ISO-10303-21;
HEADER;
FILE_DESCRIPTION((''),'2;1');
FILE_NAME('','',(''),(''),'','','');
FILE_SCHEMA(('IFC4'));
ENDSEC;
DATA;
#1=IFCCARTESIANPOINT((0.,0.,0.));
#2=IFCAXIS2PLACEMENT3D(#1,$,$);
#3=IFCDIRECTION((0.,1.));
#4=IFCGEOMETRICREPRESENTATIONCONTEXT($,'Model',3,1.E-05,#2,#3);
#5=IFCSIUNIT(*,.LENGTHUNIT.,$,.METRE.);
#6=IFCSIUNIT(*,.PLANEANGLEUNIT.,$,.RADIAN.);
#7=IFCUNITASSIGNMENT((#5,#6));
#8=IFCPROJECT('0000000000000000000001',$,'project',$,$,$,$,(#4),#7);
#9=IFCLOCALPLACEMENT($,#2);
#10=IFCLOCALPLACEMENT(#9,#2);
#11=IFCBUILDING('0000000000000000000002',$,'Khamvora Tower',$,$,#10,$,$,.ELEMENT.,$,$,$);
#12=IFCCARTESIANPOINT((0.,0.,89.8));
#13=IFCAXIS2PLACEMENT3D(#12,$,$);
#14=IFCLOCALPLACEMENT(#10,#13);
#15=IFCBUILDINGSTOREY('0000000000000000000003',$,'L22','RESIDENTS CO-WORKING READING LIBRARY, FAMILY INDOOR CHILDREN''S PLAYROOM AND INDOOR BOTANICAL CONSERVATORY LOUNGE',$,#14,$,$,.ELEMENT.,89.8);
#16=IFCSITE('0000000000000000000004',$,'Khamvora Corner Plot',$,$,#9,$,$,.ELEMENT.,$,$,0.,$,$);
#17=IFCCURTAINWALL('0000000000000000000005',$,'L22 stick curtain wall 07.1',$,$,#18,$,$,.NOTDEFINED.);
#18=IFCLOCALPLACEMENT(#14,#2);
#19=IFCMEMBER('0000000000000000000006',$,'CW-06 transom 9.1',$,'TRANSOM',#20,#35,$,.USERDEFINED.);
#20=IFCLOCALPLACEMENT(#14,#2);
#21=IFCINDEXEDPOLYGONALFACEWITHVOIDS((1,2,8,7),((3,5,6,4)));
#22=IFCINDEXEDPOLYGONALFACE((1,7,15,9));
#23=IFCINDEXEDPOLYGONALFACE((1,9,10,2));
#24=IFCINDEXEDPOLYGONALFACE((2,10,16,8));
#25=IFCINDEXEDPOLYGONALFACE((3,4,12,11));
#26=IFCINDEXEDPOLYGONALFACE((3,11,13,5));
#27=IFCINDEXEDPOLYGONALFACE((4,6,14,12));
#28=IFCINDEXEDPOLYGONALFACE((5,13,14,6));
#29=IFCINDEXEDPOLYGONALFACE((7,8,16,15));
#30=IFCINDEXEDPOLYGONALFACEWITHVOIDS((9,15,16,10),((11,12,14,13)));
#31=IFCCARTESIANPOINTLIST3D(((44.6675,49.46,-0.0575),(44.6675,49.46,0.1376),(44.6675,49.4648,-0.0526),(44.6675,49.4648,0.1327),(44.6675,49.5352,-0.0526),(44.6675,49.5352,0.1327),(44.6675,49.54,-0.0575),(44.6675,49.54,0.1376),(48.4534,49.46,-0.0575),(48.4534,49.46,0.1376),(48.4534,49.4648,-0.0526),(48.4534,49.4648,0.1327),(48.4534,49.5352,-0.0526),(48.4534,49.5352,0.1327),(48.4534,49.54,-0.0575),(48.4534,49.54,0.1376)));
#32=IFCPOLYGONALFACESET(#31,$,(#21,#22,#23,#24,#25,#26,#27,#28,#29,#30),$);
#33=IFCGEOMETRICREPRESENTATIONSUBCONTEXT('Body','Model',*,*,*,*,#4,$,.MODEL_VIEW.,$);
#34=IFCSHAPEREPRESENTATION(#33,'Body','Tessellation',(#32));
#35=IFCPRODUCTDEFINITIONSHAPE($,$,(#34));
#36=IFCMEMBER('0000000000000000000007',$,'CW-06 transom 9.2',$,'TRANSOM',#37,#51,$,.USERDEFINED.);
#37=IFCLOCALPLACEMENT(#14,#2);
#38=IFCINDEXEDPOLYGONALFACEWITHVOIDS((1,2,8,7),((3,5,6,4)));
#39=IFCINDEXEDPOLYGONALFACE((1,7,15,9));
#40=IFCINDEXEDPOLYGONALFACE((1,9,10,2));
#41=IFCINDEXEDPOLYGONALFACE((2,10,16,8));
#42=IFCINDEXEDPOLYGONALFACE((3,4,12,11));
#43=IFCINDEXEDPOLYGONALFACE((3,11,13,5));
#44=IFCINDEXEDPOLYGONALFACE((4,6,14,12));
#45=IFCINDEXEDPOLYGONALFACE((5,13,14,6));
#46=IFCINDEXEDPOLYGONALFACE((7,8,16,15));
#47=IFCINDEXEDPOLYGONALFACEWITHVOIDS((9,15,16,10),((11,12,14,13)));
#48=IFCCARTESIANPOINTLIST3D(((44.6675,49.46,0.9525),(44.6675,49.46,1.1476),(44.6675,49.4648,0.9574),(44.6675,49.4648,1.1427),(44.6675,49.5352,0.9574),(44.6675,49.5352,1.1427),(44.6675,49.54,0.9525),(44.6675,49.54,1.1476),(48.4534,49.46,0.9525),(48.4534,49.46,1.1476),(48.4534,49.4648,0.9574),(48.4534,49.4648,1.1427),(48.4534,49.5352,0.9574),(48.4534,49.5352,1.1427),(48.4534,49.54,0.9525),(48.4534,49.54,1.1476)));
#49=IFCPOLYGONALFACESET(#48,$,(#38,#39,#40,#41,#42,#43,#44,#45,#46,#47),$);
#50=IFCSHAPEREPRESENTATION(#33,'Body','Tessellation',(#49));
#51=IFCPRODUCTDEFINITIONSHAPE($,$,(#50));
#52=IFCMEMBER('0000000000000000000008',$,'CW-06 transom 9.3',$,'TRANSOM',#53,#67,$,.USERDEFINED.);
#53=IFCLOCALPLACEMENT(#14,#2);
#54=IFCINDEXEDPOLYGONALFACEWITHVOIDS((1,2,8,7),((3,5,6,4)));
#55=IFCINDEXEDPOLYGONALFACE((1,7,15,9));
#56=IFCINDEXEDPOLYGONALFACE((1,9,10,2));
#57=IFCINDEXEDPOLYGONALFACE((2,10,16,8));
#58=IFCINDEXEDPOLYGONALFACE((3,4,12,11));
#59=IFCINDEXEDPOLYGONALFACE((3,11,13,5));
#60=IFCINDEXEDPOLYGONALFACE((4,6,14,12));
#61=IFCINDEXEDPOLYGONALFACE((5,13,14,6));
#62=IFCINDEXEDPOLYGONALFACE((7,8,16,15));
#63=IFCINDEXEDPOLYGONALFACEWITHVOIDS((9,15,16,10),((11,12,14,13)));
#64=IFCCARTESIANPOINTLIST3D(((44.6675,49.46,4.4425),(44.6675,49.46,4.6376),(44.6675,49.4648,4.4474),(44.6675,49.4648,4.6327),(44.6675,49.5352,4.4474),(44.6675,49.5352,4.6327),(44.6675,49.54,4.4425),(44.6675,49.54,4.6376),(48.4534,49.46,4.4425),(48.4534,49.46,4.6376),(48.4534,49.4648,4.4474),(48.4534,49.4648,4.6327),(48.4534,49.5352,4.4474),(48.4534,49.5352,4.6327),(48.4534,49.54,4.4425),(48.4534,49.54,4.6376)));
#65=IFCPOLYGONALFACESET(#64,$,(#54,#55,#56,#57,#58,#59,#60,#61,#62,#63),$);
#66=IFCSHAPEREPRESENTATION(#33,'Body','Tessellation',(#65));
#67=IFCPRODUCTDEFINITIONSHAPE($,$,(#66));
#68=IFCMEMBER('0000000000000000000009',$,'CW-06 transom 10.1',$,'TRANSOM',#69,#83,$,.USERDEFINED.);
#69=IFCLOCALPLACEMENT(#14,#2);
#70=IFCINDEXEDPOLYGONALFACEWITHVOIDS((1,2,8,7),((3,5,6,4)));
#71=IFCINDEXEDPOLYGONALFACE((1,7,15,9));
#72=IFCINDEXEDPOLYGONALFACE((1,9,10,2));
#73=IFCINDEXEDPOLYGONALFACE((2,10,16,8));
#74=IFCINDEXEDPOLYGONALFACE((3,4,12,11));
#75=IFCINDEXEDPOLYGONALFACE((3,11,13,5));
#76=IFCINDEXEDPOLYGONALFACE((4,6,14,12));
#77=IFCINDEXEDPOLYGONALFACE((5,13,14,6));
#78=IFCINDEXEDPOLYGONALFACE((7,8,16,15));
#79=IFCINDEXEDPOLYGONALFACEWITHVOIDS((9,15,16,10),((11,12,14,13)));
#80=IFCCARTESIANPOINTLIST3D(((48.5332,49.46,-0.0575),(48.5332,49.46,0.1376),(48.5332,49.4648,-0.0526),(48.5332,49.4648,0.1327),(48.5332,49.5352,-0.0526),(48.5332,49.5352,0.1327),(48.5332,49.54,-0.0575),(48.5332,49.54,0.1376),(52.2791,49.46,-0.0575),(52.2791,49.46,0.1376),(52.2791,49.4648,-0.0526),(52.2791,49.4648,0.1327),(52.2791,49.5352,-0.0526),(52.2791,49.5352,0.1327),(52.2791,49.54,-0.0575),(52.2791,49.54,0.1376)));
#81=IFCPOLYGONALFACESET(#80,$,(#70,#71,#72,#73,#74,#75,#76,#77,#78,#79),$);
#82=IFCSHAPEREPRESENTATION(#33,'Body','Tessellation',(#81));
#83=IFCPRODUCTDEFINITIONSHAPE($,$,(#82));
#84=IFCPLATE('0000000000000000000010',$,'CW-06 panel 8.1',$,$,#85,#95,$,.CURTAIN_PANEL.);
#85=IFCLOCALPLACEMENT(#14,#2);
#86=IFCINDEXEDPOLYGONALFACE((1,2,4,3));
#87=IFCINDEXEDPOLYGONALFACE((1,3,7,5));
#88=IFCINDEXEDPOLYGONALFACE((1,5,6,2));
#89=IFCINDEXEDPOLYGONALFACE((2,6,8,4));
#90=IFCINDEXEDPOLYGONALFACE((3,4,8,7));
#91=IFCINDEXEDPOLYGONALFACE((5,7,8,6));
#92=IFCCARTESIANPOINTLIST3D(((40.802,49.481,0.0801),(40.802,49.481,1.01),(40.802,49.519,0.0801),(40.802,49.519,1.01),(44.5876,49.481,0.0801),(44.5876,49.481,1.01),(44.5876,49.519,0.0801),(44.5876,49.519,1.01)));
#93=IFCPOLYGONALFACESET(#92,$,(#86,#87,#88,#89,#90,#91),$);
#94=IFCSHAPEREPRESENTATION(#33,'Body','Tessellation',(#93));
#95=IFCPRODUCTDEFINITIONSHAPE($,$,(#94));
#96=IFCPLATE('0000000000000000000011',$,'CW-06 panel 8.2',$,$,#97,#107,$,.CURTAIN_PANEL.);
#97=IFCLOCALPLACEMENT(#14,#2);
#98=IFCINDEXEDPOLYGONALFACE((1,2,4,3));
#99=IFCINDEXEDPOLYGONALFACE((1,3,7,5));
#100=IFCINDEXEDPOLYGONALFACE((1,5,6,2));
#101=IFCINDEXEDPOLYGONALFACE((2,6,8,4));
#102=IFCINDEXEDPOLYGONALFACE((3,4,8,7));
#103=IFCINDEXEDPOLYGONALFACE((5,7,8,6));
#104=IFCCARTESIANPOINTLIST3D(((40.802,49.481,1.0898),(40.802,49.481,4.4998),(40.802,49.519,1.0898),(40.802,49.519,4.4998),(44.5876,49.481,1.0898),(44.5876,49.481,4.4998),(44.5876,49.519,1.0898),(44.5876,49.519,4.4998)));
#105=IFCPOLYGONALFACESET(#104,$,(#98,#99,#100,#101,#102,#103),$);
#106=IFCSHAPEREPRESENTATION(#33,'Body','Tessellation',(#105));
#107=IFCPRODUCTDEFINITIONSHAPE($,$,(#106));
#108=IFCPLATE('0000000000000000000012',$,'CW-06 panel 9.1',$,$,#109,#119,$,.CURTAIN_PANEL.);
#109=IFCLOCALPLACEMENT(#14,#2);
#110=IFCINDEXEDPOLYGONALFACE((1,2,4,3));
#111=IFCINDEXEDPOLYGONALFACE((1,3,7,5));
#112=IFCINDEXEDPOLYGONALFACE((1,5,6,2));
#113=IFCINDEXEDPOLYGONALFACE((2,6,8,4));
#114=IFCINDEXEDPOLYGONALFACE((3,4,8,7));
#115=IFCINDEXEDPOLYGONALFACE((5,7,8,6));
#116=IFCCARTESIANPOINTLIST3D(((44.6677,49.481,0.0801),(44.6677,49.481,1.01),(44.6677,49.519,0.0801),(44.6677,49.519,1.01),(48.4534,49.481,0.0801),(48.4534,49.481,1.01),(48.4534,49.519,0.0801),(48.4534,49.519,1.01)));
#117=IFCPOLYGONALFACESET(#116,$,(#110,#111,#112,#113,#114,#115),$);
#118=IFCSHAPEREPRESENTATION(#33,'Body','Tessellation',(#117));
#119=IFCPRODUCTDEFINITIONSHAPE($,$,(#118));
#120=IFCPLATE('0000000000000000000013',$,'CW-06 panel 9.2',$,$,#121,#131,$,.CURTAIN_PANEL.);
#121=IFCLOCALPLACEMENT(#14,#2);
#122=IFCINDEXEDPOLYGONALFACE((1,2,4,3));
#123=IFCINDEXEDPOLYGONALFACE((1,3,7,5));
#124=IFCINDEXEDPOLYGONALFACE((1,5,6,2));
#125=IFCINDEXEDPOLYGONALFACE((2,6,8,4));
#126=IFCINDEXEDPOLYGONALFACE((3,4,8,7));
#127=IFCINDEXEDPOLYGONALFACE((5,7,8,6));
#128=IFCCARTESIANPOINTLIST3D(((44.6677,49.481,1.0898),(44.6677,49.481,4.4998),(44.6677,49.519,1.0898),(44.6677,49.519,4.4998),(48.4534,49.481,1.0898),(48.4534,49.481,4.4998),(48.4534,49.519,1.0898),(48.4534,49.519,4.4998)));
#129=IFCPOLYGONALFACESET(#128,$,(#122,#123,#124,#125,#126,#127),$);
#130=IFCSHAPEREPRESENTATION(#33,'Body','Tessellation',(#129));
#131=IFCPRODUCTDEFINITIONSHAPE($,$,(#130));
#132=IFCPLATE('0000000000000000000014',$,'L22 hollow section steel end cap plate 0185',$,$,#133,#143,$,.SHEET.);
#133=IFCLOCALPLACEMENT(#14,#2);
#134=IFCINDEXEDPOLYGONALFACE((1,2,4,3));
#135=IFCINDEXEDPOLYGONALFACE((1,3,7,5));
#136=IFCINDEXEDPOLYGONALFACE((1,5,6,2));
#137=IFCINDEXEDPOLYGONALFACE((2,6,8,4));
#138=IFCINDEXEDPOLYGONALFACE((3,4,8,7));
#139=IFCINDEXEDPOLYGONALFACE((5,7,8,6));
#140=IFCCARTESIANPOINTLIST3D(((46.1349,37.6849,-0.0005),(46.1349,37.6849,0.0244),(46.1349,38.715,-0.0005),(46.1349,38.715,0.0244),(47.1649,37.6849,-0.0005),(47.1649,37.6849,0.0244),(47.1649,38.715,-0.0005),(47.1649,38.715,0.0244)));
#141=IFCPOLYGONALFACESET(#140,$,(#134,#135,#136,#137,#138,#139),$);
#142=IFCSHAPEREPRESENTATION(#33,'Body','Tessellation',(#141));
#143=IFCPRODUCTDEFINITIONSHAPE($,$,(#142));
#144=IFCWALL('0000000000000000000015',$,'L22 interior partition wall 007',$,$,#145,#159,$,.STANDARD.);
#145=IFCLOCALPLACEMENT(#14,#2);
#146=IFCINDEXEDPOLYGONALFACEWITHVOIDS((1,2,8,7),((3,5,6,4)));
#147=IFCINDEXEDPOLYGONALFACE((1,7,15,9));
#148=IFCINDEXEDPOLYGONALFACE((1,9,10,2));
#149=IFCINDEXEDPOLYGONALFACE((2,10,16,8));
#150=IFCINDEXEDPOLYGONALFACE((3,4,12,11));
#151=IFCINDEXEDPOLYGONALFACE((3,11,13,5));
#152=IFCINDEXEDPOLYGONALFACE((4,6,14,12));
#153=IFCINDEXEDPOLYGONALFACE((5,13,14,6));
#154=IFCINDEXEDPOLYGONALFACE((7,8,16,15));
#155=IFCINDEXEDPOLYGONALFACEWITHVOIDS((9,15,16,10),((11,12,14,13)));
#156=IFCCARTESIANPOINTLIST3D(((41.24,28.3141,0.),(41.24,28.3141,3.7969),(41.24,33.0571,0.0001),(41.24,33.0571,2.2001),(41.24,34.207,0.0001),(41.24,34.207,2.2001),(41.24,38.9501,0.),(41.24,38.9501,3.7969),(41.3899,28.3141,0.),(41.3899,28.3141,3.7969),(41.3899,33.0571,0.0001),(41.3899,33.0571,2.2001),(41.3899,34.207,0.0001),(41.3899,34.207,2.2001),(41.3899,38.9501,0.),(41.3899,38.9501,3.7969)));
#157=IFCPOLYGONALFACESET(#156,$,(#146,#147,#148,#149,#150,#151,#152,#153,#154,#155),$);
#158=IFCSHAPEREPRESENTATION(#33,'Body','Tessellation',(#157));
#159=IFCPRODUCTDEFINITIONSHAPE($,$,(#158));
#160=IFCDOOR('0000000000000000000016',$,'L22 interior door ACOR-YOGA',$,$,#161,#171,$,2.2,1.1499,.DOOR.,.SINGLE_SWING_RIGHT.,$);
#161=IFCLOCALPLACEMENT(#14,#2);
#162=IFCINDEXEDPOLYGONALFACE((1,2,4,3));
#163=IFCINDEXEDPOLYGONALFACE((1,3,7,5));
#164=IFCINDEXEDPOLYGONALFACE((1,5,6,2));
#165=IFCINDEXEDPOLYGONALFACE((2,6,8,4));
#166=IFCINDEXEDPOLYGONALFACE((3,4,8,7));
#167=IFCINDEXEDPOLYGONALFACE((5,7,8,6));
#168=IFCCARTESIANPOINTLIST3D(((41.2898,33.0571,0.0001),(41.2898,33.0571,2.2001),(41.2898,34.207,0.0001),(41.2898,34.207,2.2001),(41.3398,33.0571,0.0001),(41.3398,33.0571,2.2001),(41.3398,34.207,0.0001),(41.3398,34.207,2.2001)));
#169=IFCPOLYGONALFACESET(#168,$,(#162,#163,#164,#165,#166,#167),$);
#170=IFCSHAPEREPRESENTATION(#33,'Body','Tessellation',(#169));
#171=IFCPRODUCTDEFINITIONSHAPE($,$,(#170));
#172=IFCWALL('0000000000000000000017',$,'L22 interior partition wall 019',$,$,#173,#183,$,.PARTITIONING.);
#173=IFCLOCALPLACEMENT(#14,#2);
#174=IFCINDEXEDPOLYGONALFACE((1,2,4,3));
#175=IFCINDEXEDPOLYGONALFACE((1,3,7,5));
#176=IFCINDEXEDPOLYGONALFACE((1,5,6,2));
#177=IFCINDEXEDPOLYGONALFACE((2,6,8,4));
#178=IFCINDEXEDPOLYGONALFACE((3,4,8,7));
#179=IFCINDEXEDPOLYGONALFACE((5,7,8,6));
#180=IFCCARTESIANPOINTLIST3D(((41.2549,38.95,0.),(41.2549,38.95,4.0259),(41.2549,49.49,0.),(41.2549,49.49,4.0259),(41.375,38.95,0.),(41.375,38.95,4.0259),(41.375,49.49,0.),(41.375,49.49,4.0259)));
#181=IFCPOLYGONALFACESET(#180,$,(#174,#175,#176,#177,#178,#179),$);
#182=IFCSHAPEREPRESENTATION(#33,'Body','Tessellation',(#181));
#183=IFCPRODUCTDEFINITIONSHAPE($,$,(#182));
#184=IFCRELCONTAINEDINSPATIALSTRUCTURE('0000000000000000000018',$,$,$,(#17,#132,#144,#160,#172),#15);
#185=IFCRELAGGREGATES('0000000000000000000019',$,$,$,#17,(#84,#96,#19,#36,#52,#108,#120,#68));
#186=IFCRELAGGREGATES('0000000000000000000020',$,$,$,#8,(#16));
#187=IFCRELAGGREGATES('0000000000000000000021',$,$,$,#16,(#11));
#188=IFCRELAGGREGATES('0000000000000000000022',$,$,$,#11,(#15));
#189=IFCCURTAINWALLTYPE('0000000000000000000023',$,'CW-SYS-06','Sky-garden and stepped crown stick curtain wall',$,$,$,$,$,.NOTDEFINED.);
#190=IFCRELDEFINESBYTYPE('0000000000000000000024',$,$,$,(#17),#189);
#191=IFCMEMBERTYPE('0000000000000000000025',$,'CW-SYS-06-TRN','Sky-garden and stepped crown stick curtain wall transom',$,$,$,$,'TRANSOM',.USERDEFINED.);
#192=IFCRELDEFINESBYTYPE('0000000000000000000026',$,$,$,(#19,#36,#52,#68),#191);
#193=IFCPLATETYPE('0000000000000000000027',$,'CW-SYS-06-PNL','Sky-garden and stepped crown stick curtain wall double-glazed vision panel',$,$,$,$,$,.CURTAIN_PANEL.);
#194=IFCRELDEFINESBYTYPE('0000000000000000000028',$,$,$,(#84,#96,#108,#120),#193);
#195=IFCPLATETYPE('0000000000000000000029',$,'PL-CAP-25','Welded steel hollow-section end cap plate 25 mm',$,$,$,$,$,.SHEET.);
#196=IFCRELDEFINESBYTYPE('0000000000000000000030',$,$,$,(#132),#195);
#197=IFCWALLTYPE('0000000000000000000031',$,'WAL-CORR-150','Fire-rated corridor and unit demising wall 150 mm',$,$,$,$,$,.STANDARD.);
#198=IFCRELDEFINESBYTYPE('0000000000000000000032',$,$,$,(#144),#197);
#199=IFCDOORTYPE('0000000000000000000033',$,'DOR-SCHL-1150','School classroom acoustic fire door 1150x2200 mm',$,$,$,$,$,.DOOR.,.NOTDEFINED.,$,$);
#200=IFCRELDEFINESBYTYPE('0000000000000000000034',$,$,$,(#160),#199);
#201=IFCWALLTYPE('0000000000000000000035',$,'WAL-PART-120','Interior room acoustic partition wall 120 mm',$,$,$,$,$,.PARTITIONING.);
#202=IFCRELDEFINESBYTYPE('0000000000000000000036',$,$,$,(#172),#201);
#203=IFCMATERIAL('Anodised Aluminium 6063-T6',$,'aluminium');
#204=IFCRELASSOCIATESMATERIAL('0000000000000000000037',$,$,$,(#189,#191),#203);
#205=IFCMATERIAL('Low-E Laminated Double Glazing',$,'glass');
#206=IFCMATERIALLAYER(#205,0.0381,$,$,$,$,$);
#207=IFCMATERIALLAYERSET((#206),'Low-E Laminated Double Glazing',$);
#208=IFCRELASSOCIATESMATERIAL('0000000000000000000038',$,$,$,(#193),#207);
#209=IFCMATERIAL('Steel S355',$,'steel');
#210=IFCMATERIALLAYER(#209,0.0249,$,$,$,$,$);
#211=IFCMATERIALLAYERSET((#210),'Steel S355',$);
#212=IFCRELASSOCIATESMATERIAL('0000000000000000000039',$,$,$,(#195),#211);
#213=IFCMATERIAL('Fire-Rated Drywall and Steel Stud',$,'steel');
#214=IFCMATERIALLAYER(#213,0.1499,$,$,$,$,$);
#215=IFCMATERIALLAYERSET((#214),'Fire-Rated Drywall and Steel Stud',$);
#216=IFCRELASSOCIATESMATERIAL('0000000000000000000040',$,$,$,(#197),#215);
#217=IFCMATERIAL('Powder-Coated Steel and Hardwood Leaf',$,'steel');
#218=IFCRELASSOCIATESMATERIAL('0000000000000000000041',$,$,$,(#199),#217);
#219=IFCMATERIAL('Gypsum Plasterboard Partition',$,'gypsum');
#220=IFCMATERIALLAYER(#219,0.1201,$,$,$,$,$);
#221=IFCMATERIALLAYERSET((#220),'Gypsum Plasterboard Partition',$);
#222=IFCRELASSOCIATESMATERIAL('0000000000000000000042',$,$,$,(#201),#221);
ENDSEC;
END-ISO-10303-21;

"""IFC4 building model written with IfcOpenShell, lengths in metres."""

from ifc_helpers import new_model, si_unit, direction, frame, frame_2d, origin, origin_2d, place, context, subcontext, project, spatial, rectangle, hollow_rectangle, extrude, material, layer, layer_set, material_profile, profile_set, type_object, element, fill, aggregate, save


model = new_model("IFC4")

# Units and contexts
model_context = context("Model", 3, precision=1e-05, world=origin(), true_north=direction((0.0, 1.0)))
body_context = subcontext(model_context, "Body", "Model", "MODEL_VIEW")
ifc_project = project(units=[si_unit("LENGTHUNIT", "METRE"), si_unit("PLANEANGLEUNIT", "RADIAN")], contexts=[model_context])

# Site, building, storey
site_placement = place(None, origin())
site = spatial("IfcSite", under=ifc_project, at=site_placement, Name="Khamvora Corner Plot", CompositionType="ELEMENT", RefElevation=0.0)
building_placement = place(site_placement, origin())
building = spatial("IfcBuilding", under=site, at=building_placement, Name="Khamvora Tower", CompositionType="ELEMENT")
storey_placement = place(building_placement, frame((0.0, 0.0, 89.8)))
storey = spatial("IfcBuildingStorey", under=building, at=storey_placement, Name="L22", Description="RESIDENTS CO-WORKING READING LIBRARY, FAMILY INDOOR CHILDREN'S PLAYROOM AND INDOOR BOTANICAL CONSERVATORY LOUNGE", CompositionType="ELEMENT", Elevation=89.8)

# Shared definitions
ifc_material_1 = material(Name="Steel S355", Category="steel")

# Curtain wall, members, plates
ifc_material_2 = material(Name="Anodised Aluminium 6063-T6", Category="aluminium")
curtain_wall_type = type_object("IfcCurtainWallType", Name="CW-SYS-06", Description="Sky-garden and stepped crown stick curtain wall", PredefinedType="NOTDEFINED", material=ifc_material_2)
curtain_wall_placement = place(storey_placement, origin())
curtain_wall = element("IfcCurtainWall", 1, at=curtain_wall_placement, inside=storey, type_object=curtain_wall_type, Name="L22 stick curtain wall 07.1", PredefinedType="NOTDEFINED")
ifc_material_profile_1 = material_profile(ifc_material_2, hollow_rectangle(XDim=0.0801, YDim=0.1951, WallThickness=0.0049, at=origin_2d()), Name="TRN80x195x5")
ifc_profile_set_1 = profile_set([ifc_material_profile_1], Name="Anodised Aluminium 6063-T6")
member_type_1 = type_object("IfcMemberType", Name="CW-SYS-06-TRN", Description="Sky-garden and stepped crown stick curtain wall transom", ElementType="TRANSOM", PredefinedType="USERDEFINED", material=ifc_profile_set_1)
member_1_placement = place(storey_placement, frame((44.6675, 49.5, 0.04), z_axis=(1.0, 0.0, 0.0), x_axis=(0.0, 1.0, 0.0)))
member_1 = element("IfcMember", 2, at=member_1_placement, type_object=member_type_1, Name="CW-06 transom 9.1", ObjectType="TRANSOM", PredefinedType="USERDEFINED", context=body_context, shape_type="SweptSolid", body=[
    extrude(hollow_rectangle(XDim=0.0801, YDim=0.1951, WallThickness=0.0049, at=origin_2d()), origin(), (0.0, 0.0, 1.0), 3.7859),
])
member_2_placement = place(storey_placement, frame((44.6675, 49.5, 1.05), z_axis=(1.0, 0.0, 0.0), x_axis=(0.0, 1.0, 0.0)))
member_2 = element("IfcMember", 3, at=member_2_placement, type_object=member_type_1, Name="CW-06 transom 9.2", ObjectType="TRANSOM", PredefinedType="USERDEFINED", context=body_context, shape_type="SweptSolid", body=[
    extrude(hollow_rectangle(XDim=0.0801, YDim=0.1951, WallThickness=0.0049, at=origin_2d()), origin(), (0.0, 0.0, 1.0), 3.7859),
])
member_3_placement = place(storey_placement, frame((44.6675, 49.5, 4.54), z_axis=(1.0, 0.0, 0.0), x_axis=(0.0, 1.0, 0.0)))
member_3 = element("IfcMember", 4, at=member_3_placement, type_object=member_type_1, Name="CW-06 transom 9.3", ObjectType="TRANSOM", PredefinedType="USERDEFINED", context=body_context, shape_type="SweptSolid", body=[
    extrude(hollow_rectangle(XDim=0.0801, YDim=0.1951, WallThickness=0.0049, at=origin_2d()), origin(), (0.0, 0.0, 1.0), 3.7859),
])
member_4_placement = place(storey_placement, frame((48.5332, 49.5, 0.04), z_axis=(1.0, 0.0, 0.0), x_axis=(0.0, 1.0, 0.0)))
member_4 = element("IfcMember", 5, at=member_4_placement, type_object=member_type_1, Name="CW-06 transom 10.1", ObjectType="TRANSOM", PredefinedType="USERDEFINED", context=body_context, shape_type="SweptSolid", body=[
    extrude(hollow_rectangle(XDim=0.0801, YDim=0.1951, WallThickness=0.0049, at=origin_2d()), origin(), (0.0, 0.0, 1.0), 3.7458),
])
ifc_material_3 = material(Name="Low-E Laminated Double Glazing", Category="glass")
ifc_layer_1 = layer(ifc_material_3, 0.0381)
ifc_layer_set_1 = layer_set([ifc_layer_1], Name="Low-E Laminated Double Glazing")
plate_type_1 = type_object("IfcPlateType", Name="CW-SYS-06-PNL", Description="Sky-garden and stepped crown stick curtain wall double-glazed vision panel", PredefinedType="CURTAIN_PANEL", material=ifc_layer_set_1)
plate_1_placement = place(storey_placement, frame((42.6948, 49.5, 0.0801), z_axis=(0.0, 0.0, 1.0), x_axis=(1.0, 0.0, 0.0)))
plate_1 = element("IfcPlate", 6, at=plate_1_placement, type_object=plate_type_1, Name="CW-06 panel 8.1", PredefinedType="CURTAIN_PANEL", context=body_context, shape_type="SweptSolid", body=[
    extrude(rectangle(XDim=3.7856, YDim=0.0381, at=origin_2d()), origin(), (0.0, 0.0, 1.0), 0.9299),
])
plate_2_placement = place(storey_placement, frame((42.6948, 49.5, 1.0898), z_axis=(0.0, 0.0, 1.0), x_axis=(1.0, 0.0, 0.0)))
plate_2 = element("IfcPlate", 7, at=plate_2_placement, type_object=plate_type_1, Name="CW-06 panel 8.2", PredefinedType="CURTAIN_PANEL", context=body_context, shape_type="SweptSolid", body=[
    extrude(rectangle(XDim=3.7856, YDim=0.0381, at=origin_2d()), origin(), (0.0, 0.0, 1.0), 3.4099),
])
plate_3_placement = place(storey_placement, frame((46.5605, 49.5, 0.0801), z_axis=(0.0, 0.0, 1.0), x_axis=(1.0, 0.0, 0.0)))
plate_3 = element("IfcPlate", 8, at=plate_3_placement, type_object=plate_type_1, Name="CW-06 panel 9.1", PredefinedType="CURTAIN_PANEL", context=body_context, shape_type="SweptSolid", body=[
    extrude(rectangle(XDim=3.7856, YDim=0.0381, at=origin_2d()), origin(), (0.0, 0.0, 1.0), 0.9299),
])
plate_4_placement = place(storey_placement, frame((46.5605, 49.5, 1.0898), z_axis=(0.0, 0.0, 1.0), x_axis=(1.0, 0.0, 0.0)))
plate_4 = element("IfcPlate", 9, at=plate_4_placement, type_object=plate_type_1, Name="CW-06 panel 9.2", PredefinedType="CURTAIN_PANEL", context=body_context, shape_type="SweptSolid", body=[
    extrude(rectangle(XDim=3.7856, YDim=0.0381, at=origin_2d()), origin(), (0.0, 0.0, 1.0), 3.4099),
])
aggregate(curtain_wall, [plate_1, plate_2, member_1, member_2, member_3, plate_3, plate_4, member_4])

# Plate
ifc_layer_2 = layer(ifc_material_1, 0.0249)
ifc_layer_set_2 = layer_set([ifc_layer_2], Name="Steel S355")
plate_type_2 = type_object("IfcPlateType", Name="PL-CAP-25", Description="Welded steel hollow-section end cap plate 25 mm", PredefinedType="SHEET", material=ifc_layer_set_2)
plate_5_placement = place(storey_placement, frame((46.6499, 38.2, -0.0005), z_axis=(0.0, 0.0, 1.0), x_axis=(1.0, 0.0, 0.0)))
element("IfcPlate", 10, at=plate_5_placement, inside=storey, type_object=plate_type_2, Name="L22 hollow section steel end cap plate 0185", PredefinedType="SHEET", context=body_context, shape_type="SweptSolid", body=[
    extrude(rectangle(XDim=1.03, YDim=1.03, at=origin_2d()), origin(), (0.0, 0.0, 1.0), 0.0249),
])

# Wall, opening, door
ifc_material_4 = material(Name="Fire-Rated Drywall and Steel Stud", Category="steel")
ifc_layer_3 = layer(ifc_material_4, 0.1499)
ifc_layer_set_3 = layer_set([ifc_layer_3], Name="Fire-Rated Drywall and Steel Stud")
wall_type_1 = type_object("IfcWallType", Name="WAL-CORR-150", Description="Fire-rated corridor and unit demising wall 150 mm", PredefinedType="STANDARD", material=ifc_layer_set_3)
wall_1_placement = place(storey_placement, frame((41.3149, 38.95, 0.0), z_axis=(0.0, 0.0, 1.0), x_axis=(0.0, -1.0, 0.0)))
wall_1 = element("IfcWall", 11, at=wall_1_placement, inside=storey, type_object=wall_type_1, Name="L22 interior partition wall 007", PredefinedType="STANDARD", context=body_context, shape_type="SweptSolid", body=[
    extrude(rectangle(XDim=10.636, YDim=0.1499, at=frame_2d((5.3179, 0.0))), origin(), (0.0, 0.0, 1.0), 3.7969),
])
opening_placement = place(wall_1_placement, frame((4.7429, 0.0, 0.0)))
opening = element("IfcOpeningElement", 12, at=opening_placement, cuts=wall_1, PredefinedType="OPENING", context=body_context, shape_type="SweptSolid", body=[
    extrude(rectangle(XDim=1.1499, YDim=2.2, at=frame_2d((0.575, 1.1001))), frame((0.0, 0.085, 0.0), z_axis=(0.0, -1.0, 0.0), x_axis=(1.0, 0.0, 0.0)), (0.0, 0.0, 1.0), 0.1699),
])
ifc_material_5 = material(Name="Powder-Coated Steel and Hardwood Leaf", Category="steel")
door_type = type_object("IfcDoorType", Name="DOR-SCHL-1150", Description="School classroom acoustic fire door 1150x2200 mm", OperationType="NOTDEFINED", PredefinedType="DOOR", material=ifc_material_5)
door_placement = place(opening_placement, origin())
door = element("IfcDoor", 13, at=door_placement, inside=storey, type_object=door_type, Name="L22 interior door ACOR-YOGA", OperationType="SINGLE_SWING_RIGHT", OverallHeight=2.2, OverallWidth=1.1499, PredefinedType="DOOR", context=body_context, shape_type="SweptSolid", body=[
    extrude(rectangle(XDim=1.1499, YDim=2.2, at=frame_2d((0.575, 1.1001))), frame((0.0, 0.0249, 0.0), z_axis=(0.0, -1.0, 0.0), x_axis=(1.0, 0.0, 0.0)), (0.0, 0.0, 1.0), 0.05),
])
fill(opening, door)

# Wall
ifc_material_6 = material(Name="Gypsum Plasterboard Partition", Category="gypsum")
ifc_layer_4 = layer(ifc_material_6, 0.1201)
ifc_layer_set_4 = layer_set([ifc_layer_4], Name="Gypsum Plasterboard Partition")
wall_type_2 = type_object("IfcWallType", Name="WAL-PART-120", Description="Interior room acoustic partition wall 120 mm", PredefinedType="PARTITIONING", material=ifc_layer_set_4)
wall_2_placement = place(storey_placement, frame((41.3149, 38.95, 0.0), z_axis=(0.0, 0.0, 1.0), x_axis=(0.0, 1.0, 0.0)))
element("IfcWall", 14, at=wall_2_placement, inside=storey, type_object=wall_type_2, Name="L22 interior partition wall 019", PredefinedType="PARTITIONING", context=body_context, shape_type="SweptSolid", body=[
    extrude(rectangle(XDim=10.54, YDim=0.1201, at=frame_2d((5.27, 0.0))), origin(), (0.0, 0.0, 1.0), 4.0259),
])

save(model, "model.ifc")
